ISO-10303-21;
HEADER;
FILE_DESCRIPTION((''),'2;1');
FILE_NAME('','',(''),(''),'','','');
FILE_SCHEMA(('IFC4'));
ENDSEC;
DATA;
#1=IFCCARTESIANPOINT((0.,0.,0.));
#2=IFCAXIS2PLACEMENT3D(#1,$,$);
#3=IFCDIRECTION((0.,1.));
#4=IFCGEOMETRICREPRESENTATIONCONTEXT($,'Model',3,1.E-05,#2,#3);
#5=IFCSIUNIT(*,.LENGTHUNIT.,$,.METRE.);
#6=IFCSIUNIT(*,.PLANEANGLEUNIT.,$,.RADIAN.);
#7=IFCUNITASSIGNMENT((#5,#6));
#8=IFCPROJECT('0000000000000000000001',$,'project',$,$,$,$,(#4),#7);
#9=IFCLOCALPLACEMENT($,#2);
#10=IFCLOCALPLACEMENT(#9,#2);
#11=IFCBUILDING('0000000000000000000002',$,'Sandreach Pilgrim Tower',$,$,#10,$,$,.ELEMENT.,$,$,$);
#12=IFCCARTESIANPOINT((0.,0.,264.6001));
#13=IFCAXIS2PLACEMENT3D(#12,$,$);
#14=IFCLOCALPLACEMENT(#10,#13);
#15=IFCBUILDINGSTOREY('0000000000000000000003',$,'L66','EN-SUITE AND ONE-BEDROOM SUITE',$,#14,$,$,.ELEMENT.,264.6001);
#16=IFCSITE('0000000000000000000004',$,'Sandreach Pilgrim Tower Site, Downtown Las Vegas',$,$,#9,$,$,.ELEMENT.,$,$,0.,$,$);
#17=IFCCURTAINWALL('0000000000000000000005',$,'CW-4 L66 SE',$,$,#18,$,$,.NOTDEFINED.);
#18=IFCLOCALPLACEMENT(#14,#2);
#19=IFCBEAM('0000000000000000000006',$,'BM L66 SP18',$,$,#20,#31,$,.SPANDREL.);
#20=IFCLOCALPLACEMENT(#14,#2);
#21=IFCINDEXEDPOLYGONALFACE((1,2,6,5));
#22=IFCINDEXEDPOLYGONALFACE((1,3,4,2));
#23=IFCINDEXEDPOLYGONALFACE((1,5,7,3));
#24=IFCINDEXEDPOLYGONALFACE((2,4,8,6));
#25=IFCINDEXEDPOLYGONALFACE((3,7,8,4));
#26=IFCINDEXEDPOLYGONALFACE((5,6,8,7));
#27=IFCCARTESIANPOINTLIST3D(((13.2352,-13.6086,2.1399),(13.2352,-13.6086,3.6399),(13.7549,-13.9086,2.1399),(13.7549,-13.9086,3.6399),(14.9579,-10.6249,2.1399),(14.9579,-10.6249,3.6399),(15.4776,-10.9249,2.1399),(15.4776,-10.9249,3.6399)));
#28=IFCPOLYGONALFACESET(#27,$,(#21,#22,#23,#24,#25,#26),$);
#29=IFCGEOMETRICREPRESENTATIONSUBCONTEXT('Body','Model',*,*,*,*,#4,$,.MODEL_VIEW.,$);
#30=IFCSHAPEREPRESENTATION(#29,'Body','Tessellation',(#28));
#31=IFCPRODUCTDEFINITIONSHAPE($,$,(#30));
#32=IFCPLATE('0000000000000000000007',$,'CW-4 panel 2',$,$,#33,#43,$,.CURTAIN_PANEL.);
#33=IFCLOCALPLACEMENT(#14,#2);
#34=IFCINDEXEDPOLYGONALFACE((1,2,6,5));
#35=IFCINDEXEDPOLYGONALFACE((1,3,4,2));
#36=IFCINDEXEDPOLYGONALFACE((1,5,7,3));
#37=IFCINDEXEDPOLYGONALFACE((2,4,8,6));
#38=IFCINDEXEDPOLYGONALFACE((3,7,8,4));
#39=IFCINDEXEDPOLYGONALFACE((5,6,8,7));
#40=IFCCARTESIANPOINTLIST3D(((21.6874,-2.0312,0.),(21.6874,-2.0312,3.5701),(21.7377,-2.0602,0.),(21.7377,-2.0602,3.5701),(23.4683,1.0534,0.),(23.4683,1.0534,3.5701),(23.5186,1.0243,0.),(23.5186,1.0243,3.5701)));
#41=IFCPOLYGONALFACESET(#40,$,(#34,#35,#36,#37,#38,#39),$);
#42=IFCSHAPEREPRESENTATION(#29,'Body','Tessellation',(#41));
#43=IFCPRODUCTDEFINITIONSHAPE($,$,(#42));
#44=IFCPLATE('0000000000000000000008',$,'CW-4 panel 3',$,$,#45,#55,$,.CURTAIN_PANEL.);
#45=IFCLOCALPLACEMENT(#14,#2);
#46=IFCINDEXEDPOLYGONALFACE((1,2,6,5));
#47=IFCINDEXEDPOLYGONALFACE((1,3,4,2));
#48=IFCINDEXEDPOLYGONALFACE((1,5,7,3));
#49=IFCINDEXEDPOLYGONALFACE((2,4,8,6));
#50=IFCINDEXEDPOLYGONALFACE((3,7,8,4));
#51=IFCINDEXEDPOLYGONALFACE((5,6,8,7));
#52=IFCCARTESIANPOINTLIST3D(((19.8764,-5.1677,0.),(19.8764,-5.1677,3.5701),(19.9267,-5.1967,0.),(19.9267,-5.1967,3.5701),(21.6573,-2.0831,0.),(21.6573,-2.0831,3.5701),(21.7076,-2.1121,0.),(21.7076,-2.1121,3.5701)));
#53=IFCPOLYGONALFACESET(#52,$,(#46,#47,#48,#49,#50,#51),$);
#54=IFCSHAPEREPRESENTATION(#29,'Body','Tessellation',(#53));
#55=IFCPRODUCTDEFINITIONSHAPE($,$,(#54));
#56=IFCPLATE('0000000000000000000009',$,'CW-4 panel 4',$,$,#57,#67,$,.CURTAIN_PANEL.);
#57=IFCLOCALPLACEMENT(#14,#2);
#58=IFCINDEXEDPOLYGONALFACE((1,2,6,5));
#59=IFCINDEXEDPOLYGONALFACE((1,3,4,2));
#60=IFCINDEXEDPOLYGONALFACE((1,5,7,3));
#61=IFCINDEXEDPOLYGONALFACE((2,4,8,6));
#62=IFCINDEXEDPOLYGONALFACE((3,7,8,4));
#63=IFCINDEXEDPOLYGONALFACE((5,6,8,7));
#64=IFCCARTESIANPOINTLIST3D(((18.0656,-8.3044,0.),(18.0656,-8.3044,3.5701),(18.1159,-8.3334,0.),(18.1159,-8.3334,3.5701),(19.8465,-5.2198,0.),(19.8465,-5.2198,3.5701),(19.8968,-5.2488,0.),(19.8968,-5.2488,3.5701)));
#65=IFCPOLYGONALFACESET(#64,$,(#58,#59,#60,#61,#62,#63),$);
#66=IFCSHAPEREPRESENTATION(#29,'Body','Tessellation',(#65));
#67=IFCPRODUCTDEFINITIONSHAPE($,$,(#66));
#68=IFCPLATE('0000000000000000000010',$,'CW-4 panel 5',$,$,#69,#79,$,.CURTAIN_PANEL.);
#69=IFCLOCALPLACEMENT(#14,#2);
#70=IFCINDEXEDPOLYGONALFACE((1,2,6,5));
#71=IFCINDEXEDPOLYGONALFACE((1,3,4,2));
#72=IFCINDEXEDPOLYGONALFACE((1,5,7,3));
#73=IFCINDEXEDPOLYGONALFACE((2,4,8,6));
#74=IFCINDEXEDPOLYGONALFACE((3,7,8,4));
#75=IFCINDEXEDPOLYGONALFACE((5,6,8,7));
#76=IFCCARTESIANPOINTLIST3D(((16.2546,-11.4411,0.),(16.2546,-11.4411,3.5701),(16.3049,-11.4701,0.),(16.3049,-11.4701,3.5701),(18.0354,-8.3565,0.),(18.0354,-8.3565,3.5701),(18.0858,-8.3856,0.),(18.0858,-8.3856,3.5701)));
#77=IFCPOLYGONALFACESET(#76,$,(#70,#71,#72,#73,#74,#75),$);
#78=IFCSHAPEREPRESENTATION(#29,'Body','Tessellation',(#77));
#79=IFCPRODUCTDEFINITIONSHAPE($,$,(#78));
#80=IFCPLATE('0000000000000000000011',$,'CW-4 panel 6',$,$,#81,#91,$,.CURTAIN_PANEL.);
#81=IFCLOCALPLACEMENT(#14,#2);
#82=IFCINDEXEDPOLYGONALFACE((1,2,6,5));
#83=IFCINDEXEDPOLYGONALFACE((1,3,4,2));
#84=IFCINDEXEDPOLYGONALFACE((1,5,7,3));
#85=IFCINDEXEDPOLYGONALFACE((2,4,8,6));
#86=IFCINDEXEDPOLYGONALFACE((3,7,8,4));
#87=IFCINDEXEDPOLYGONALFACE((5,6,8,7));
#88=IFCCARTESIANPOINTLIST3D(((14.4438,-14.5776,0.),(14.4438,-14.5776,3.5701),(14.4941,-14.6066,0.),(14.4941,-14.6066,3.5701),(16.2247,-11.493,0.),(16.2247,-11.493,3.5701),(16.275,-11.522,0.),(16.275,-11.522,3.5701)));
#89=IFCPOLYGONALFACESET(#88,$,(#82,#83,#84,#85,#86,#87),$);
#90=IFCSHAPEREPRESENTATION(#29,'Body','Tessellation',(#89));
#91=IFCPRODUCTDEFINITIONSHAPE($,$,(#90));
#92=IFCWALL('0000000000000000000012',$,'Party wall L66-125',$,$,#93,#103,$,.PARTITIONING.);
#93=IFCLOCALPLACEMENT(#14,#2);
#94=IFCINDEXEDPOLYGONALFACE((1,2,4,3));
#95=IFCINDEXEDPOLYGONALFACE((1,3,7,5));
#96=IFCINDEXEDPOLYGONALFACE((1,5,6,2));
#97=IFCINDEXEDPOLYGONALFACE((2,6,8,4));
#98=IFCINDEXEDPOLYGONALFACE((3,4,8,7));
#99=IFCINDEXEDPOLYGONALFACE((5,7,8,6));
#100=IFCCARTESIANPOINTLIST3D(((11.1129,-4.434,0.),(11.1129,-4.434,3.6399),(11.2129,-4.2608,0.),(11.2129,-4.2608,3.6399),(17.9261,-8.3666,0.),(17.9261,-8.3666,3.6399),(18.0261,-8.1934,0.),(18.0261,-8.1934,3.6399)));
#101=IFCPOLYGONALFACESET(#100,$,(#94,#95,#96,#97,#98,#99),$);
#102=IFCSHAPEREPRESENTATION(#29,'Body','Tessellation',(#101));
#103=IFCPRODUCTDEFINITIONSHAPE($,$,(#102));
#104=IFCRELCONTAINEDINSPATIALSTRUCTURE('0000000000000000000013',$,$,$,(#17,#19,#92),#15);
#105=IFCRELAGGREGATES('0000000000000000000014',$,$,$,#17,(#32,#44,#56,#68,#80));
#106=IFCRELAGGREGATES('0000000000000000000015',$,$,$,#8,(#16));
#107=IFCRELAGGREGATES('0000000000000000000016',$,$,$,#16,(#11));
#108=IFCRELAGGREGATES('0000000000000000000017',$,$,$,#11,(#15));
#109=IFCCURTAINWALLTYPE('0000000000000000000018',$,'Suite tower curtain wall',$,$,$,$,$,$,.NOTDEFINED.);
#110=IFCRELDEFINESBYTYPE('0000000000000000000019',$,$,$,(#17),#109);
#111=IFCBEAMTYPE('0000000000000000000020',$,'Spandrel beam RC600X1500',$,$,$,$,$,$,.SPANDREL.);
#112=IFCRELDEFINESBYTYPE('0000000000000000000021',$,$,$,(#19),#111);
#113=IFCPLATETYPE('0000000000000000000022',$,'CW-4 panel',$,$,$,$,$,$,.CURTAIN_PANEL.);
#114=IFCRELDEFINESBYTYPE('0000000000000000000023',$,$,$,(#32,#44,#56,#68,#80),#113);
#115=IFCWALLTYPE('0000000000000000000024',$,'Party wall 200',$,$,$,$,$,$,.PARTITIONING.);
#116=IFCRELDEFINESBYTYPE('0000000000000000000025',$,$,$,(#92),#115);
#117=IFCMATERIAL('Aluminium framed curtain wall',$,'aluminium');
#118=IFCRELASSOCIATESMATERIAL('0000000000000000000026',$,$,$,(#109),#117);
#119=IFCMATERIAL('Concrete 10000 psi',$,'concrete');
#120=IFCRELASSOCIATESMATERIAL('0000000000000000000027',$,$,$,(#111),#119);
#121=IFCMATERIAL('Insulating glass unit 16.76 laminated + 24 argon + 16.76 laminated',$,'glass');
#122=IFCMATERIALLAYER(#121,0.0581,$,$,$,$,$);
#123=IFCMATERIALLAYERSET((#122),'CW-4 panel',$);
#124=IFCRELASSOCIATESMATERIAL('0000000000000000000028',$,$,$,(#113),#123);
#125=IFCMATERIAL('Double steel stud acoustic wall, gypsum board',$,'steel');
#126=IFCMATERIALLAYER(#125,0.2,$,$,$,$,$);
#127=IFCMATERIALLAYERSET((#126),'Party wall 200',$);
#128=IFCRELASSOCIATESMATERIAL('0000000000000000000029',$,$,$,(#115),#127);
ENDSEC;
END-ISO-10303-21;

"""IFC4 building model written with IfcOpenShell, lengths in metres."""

from ifc_helpers import new_model, si_unit, direction, frame, frame_2d, origin, origin_2d, place, context, subcontext, project, spatial, rectangle, extrude, material, layer, layer_set, material_profile, profile_set, type_object, element, aggregate, save


model = new_model("IFC4")

# Units and contexts
model_context = context("Model", 3, precision=1e-05, world=origin(), true_north=direction((0.0, 1.0)))
body_context = subcontext(model_context, "Body", "Model", "MODEL_VIEW")
ifc_project = project(units=[si_unit("LENGTHUNIT", "METRE"), si_unit("PLANEANGLEUNIT", "RADIAN")], contexts=[model_context])

# Site, building, storey
site_placement = place(None, origin())
site = spatial("IfcSite", under=ifc_project, at=site_placement, Name="Sandreach Pilgrim Tower Site, Downtown Las Vegas", CompositionType="ELEMENT", RefElevation=0.0)
building_placement = place(site_placement, origin())
building = spatial("IfcBuilding", under=site, at=building_placement, Name="Sandreach Pilgrim Tower", CompositionType="ELEMENT")
storey_placement = place(building_placement, frame((0.0, 0.0, 264.6001)))
storey = spatial("IfcBuildingStorey", under=building, at=storey_placement, Name="L66", Description="EN-SUITE AND ONE-BEDROOM SUITE", CompositionType="ELEMENT", Elevation=264.6001)

# Curtain wall
ifc_material_1 = material(Name="Aluminium framed curtain wall", Category="aluminium")
curtain_wall_type = type_object("IfcCurtainWallType", Name="Suite tower curtain wall", PredefinedType="NOTDEFINED", material=ifc_material_1)
curtain_wall_placement = place(storey_placement, origin())
curtain_wall = element("IfcCurtainWall", 1, at=curtain_wall_placement, inside=storey, type_object=curtain_wall_type, Name="CW-4 L66 SE", PredefinedType="NOTDEFINED")

# Beam
ifc_material_2 = material(Name="Concrete 10000 psi", Category="concrete")
ifc_material_profile_1 = material_profile(ifc_material_2, rectangle(XDim=0.6001, YDim=1.5, at=origin_2d()), Name="RC600X1500")
ifc_profile_set_1 = profile_set([ifc_material_profile_1], Name="Concrete 10000 psi")
beam_type_1 = type_object("IfcBeamType", Name="Spandrel beam RC600X1500", PredefinedType="SPANDREL", material=ifc_profile_set_1)
beam_1_placement = place(storey_placement, frame((15.2178, -10.7749, 2.8899), z_axis=(-0.500011, -0.866019, 0.0), x_axis=(0.866019, -0.500011, 0.0)))
element("IfcBeam", 2, at=beam_1_placement, inside=storey, type_object=beam_type_1, Name="BM L66 SP18", PredefinedType="SPANDREL", context=body_context, shape_type="SweptSolid", body=[
    extrude(rectangle(XDim=0.6001, YDim=1.5, at=origin_2d()), origin(), (0.0, 0.0, 1.0), 3.4453),
])

# Plates
ifc_material_3 = material(Name="Insulating glass unit 16.76 laminated + 24 argon + 16.76 laminated", Category="glass")
ifc_layer_1 = layer(ifc_material_3, 0.0581)
ifc_layer_set_1 = layer_set([ifc_layer_1], Name="CW-4 panel")
plate_type = type_object("IfcPlateType", Name="CW-4 panel", PredefinedType="CURTAIN_PANEL", material=ifc_layer_set_1)
plate_1_placement = place(storey_placement, frame((22.603, -0.5034, 0.0), z_axis=(0.0, 0.0, 1.0), x_axis=(-0.5, -0.866025, 0.0)))
plate_1 = element("IfcPlate", 3, at=plate_1_placement, type_object=plate_type, Name="CW-4 panel 2", PredefinedType="CURTAIN_PANEL", context=body_context, shape_type="SweptSolid", body=[
    extrude(rectangle(XDim=3.5618, YDim=0.0581, at=origin_2d()), origin(), (0.0, 0.0, 1.0), 3.5701),
])
plate_2_placement = place(storey_placement, frame((20.792, -3.6399, 0.0), z_axis=(0.0, 0.0, 1.0), x_axis=(-0.5, -0.866025, 0.0)))
plate_2 = element("IfcPlate", 4, at=plate_2_placement, type_object=plate_type, Name="CW-4 panel 3", PredefinedType="CURTAIN_PANEL", context=body_context, shape_type="SweptSolid", body=[
    extrude(rectangle(XDim=3.5618, YDim=0.0581, at=origin_2d()), origin(), (0.0, 0.0, 1.0), 3.5701),
])
plate_3_placement = place(storey_placement, frame((18.9812, -6.7766, 0.0), z_axis=(0.0, 0.0, 1.0), x_axis=(-0.5, -0.866025, 0.0)))
plate_3 = element("IfcPlate", 5, at=plate_3_placement, type_object=plate_type, Name="CW-4 panel 4", PredefinedType="CURTAIN_PANEL", context=body_context, shape_type="SweptSolid", body=[
    extrude(rectangle(XDim=3.5618, YDim=0.0581, at=origin_2d()), origin(), (0.0, 0.0, 1.0), 3.5701),
])
plate_4_placement = place(storey_placement, frame((17.1702, -9.9133, 0.0), z_axis=(0.0, 0.0, 1.0), x_axis=(-0.5, -0.866025, 0.0)))
plate_4 = element("IfcPlate", 6, at=plate_4_placement, type_object=plate_type, Name="CW-4 panel 5", PredefinedType="CURTAIN_PANEL", context=body_context, shape_type="SweptSolid", body=[
    extrude(rectangle(XDim=3.5618, YDim=0.0581, at=origin_2d()), origin(), (0.0, 0.0, 1.0), 3.5701),
])
plate_5_placement = place(storey_placement, frame((15.3594, -13.0498, 0.0), z_axis=(0.0, 0.0, 1.0), x_axis=(-0.5, -0.866025, 0.0)))
plate_5 = element("IfcPlate", 7, at=plate_5_placement, type_object=plate_type, Name="CW-4 panel 6", PredefinedType="CURTAIN_PANEL", context=body_context, shape_type="SweptSolid", body=[
    extrude(rectangle(XDim=3.5618, YDim=0.0581, at=origin_2d()), origin(), (0.0, 0.0, 1.0), 3.5701),
])
aggregate(curtain_wall, [plate_1, plate_2, plate_3, plate_4, plate_5])

# Wall
ifc_material_4 = material(Name="Double steel stud acoustic wall, gypsum board", Category="steel")
ifc_layer_2 = layer(ifc_material_4, 0.2)
ifc_layer_set_2 = layer_set([ifc_layer_2], Name="Party wall 200")
wall_type = type_object("IfcWallType", Name="Party wall 200", PredefinedType="PARTITIONING", material=ifc_layer_set_2)
wall_placement = place(storey_placement, frame((17.9761, -8.28, 0.0), z_axis=(0.0, 0.0, 1.0), x_axis=(-0.866081, 0.499904, 0.0)))
element("IfcWall", 8, at=wall_placement, inside=storey, type_object=wall_type, Name="Party wall L66-125", PredefinedType="PARTITIONING", context=body_context, shape_type="SweptSolid", body=[
    extrude(rectangle(XDim=7.8667, YDim=0.2, at=frame_2d((3.9333, 0.0))), origin(), (0.0, 0.0, 1.0), 3.6399),
])

save(model, "model.ifc")
